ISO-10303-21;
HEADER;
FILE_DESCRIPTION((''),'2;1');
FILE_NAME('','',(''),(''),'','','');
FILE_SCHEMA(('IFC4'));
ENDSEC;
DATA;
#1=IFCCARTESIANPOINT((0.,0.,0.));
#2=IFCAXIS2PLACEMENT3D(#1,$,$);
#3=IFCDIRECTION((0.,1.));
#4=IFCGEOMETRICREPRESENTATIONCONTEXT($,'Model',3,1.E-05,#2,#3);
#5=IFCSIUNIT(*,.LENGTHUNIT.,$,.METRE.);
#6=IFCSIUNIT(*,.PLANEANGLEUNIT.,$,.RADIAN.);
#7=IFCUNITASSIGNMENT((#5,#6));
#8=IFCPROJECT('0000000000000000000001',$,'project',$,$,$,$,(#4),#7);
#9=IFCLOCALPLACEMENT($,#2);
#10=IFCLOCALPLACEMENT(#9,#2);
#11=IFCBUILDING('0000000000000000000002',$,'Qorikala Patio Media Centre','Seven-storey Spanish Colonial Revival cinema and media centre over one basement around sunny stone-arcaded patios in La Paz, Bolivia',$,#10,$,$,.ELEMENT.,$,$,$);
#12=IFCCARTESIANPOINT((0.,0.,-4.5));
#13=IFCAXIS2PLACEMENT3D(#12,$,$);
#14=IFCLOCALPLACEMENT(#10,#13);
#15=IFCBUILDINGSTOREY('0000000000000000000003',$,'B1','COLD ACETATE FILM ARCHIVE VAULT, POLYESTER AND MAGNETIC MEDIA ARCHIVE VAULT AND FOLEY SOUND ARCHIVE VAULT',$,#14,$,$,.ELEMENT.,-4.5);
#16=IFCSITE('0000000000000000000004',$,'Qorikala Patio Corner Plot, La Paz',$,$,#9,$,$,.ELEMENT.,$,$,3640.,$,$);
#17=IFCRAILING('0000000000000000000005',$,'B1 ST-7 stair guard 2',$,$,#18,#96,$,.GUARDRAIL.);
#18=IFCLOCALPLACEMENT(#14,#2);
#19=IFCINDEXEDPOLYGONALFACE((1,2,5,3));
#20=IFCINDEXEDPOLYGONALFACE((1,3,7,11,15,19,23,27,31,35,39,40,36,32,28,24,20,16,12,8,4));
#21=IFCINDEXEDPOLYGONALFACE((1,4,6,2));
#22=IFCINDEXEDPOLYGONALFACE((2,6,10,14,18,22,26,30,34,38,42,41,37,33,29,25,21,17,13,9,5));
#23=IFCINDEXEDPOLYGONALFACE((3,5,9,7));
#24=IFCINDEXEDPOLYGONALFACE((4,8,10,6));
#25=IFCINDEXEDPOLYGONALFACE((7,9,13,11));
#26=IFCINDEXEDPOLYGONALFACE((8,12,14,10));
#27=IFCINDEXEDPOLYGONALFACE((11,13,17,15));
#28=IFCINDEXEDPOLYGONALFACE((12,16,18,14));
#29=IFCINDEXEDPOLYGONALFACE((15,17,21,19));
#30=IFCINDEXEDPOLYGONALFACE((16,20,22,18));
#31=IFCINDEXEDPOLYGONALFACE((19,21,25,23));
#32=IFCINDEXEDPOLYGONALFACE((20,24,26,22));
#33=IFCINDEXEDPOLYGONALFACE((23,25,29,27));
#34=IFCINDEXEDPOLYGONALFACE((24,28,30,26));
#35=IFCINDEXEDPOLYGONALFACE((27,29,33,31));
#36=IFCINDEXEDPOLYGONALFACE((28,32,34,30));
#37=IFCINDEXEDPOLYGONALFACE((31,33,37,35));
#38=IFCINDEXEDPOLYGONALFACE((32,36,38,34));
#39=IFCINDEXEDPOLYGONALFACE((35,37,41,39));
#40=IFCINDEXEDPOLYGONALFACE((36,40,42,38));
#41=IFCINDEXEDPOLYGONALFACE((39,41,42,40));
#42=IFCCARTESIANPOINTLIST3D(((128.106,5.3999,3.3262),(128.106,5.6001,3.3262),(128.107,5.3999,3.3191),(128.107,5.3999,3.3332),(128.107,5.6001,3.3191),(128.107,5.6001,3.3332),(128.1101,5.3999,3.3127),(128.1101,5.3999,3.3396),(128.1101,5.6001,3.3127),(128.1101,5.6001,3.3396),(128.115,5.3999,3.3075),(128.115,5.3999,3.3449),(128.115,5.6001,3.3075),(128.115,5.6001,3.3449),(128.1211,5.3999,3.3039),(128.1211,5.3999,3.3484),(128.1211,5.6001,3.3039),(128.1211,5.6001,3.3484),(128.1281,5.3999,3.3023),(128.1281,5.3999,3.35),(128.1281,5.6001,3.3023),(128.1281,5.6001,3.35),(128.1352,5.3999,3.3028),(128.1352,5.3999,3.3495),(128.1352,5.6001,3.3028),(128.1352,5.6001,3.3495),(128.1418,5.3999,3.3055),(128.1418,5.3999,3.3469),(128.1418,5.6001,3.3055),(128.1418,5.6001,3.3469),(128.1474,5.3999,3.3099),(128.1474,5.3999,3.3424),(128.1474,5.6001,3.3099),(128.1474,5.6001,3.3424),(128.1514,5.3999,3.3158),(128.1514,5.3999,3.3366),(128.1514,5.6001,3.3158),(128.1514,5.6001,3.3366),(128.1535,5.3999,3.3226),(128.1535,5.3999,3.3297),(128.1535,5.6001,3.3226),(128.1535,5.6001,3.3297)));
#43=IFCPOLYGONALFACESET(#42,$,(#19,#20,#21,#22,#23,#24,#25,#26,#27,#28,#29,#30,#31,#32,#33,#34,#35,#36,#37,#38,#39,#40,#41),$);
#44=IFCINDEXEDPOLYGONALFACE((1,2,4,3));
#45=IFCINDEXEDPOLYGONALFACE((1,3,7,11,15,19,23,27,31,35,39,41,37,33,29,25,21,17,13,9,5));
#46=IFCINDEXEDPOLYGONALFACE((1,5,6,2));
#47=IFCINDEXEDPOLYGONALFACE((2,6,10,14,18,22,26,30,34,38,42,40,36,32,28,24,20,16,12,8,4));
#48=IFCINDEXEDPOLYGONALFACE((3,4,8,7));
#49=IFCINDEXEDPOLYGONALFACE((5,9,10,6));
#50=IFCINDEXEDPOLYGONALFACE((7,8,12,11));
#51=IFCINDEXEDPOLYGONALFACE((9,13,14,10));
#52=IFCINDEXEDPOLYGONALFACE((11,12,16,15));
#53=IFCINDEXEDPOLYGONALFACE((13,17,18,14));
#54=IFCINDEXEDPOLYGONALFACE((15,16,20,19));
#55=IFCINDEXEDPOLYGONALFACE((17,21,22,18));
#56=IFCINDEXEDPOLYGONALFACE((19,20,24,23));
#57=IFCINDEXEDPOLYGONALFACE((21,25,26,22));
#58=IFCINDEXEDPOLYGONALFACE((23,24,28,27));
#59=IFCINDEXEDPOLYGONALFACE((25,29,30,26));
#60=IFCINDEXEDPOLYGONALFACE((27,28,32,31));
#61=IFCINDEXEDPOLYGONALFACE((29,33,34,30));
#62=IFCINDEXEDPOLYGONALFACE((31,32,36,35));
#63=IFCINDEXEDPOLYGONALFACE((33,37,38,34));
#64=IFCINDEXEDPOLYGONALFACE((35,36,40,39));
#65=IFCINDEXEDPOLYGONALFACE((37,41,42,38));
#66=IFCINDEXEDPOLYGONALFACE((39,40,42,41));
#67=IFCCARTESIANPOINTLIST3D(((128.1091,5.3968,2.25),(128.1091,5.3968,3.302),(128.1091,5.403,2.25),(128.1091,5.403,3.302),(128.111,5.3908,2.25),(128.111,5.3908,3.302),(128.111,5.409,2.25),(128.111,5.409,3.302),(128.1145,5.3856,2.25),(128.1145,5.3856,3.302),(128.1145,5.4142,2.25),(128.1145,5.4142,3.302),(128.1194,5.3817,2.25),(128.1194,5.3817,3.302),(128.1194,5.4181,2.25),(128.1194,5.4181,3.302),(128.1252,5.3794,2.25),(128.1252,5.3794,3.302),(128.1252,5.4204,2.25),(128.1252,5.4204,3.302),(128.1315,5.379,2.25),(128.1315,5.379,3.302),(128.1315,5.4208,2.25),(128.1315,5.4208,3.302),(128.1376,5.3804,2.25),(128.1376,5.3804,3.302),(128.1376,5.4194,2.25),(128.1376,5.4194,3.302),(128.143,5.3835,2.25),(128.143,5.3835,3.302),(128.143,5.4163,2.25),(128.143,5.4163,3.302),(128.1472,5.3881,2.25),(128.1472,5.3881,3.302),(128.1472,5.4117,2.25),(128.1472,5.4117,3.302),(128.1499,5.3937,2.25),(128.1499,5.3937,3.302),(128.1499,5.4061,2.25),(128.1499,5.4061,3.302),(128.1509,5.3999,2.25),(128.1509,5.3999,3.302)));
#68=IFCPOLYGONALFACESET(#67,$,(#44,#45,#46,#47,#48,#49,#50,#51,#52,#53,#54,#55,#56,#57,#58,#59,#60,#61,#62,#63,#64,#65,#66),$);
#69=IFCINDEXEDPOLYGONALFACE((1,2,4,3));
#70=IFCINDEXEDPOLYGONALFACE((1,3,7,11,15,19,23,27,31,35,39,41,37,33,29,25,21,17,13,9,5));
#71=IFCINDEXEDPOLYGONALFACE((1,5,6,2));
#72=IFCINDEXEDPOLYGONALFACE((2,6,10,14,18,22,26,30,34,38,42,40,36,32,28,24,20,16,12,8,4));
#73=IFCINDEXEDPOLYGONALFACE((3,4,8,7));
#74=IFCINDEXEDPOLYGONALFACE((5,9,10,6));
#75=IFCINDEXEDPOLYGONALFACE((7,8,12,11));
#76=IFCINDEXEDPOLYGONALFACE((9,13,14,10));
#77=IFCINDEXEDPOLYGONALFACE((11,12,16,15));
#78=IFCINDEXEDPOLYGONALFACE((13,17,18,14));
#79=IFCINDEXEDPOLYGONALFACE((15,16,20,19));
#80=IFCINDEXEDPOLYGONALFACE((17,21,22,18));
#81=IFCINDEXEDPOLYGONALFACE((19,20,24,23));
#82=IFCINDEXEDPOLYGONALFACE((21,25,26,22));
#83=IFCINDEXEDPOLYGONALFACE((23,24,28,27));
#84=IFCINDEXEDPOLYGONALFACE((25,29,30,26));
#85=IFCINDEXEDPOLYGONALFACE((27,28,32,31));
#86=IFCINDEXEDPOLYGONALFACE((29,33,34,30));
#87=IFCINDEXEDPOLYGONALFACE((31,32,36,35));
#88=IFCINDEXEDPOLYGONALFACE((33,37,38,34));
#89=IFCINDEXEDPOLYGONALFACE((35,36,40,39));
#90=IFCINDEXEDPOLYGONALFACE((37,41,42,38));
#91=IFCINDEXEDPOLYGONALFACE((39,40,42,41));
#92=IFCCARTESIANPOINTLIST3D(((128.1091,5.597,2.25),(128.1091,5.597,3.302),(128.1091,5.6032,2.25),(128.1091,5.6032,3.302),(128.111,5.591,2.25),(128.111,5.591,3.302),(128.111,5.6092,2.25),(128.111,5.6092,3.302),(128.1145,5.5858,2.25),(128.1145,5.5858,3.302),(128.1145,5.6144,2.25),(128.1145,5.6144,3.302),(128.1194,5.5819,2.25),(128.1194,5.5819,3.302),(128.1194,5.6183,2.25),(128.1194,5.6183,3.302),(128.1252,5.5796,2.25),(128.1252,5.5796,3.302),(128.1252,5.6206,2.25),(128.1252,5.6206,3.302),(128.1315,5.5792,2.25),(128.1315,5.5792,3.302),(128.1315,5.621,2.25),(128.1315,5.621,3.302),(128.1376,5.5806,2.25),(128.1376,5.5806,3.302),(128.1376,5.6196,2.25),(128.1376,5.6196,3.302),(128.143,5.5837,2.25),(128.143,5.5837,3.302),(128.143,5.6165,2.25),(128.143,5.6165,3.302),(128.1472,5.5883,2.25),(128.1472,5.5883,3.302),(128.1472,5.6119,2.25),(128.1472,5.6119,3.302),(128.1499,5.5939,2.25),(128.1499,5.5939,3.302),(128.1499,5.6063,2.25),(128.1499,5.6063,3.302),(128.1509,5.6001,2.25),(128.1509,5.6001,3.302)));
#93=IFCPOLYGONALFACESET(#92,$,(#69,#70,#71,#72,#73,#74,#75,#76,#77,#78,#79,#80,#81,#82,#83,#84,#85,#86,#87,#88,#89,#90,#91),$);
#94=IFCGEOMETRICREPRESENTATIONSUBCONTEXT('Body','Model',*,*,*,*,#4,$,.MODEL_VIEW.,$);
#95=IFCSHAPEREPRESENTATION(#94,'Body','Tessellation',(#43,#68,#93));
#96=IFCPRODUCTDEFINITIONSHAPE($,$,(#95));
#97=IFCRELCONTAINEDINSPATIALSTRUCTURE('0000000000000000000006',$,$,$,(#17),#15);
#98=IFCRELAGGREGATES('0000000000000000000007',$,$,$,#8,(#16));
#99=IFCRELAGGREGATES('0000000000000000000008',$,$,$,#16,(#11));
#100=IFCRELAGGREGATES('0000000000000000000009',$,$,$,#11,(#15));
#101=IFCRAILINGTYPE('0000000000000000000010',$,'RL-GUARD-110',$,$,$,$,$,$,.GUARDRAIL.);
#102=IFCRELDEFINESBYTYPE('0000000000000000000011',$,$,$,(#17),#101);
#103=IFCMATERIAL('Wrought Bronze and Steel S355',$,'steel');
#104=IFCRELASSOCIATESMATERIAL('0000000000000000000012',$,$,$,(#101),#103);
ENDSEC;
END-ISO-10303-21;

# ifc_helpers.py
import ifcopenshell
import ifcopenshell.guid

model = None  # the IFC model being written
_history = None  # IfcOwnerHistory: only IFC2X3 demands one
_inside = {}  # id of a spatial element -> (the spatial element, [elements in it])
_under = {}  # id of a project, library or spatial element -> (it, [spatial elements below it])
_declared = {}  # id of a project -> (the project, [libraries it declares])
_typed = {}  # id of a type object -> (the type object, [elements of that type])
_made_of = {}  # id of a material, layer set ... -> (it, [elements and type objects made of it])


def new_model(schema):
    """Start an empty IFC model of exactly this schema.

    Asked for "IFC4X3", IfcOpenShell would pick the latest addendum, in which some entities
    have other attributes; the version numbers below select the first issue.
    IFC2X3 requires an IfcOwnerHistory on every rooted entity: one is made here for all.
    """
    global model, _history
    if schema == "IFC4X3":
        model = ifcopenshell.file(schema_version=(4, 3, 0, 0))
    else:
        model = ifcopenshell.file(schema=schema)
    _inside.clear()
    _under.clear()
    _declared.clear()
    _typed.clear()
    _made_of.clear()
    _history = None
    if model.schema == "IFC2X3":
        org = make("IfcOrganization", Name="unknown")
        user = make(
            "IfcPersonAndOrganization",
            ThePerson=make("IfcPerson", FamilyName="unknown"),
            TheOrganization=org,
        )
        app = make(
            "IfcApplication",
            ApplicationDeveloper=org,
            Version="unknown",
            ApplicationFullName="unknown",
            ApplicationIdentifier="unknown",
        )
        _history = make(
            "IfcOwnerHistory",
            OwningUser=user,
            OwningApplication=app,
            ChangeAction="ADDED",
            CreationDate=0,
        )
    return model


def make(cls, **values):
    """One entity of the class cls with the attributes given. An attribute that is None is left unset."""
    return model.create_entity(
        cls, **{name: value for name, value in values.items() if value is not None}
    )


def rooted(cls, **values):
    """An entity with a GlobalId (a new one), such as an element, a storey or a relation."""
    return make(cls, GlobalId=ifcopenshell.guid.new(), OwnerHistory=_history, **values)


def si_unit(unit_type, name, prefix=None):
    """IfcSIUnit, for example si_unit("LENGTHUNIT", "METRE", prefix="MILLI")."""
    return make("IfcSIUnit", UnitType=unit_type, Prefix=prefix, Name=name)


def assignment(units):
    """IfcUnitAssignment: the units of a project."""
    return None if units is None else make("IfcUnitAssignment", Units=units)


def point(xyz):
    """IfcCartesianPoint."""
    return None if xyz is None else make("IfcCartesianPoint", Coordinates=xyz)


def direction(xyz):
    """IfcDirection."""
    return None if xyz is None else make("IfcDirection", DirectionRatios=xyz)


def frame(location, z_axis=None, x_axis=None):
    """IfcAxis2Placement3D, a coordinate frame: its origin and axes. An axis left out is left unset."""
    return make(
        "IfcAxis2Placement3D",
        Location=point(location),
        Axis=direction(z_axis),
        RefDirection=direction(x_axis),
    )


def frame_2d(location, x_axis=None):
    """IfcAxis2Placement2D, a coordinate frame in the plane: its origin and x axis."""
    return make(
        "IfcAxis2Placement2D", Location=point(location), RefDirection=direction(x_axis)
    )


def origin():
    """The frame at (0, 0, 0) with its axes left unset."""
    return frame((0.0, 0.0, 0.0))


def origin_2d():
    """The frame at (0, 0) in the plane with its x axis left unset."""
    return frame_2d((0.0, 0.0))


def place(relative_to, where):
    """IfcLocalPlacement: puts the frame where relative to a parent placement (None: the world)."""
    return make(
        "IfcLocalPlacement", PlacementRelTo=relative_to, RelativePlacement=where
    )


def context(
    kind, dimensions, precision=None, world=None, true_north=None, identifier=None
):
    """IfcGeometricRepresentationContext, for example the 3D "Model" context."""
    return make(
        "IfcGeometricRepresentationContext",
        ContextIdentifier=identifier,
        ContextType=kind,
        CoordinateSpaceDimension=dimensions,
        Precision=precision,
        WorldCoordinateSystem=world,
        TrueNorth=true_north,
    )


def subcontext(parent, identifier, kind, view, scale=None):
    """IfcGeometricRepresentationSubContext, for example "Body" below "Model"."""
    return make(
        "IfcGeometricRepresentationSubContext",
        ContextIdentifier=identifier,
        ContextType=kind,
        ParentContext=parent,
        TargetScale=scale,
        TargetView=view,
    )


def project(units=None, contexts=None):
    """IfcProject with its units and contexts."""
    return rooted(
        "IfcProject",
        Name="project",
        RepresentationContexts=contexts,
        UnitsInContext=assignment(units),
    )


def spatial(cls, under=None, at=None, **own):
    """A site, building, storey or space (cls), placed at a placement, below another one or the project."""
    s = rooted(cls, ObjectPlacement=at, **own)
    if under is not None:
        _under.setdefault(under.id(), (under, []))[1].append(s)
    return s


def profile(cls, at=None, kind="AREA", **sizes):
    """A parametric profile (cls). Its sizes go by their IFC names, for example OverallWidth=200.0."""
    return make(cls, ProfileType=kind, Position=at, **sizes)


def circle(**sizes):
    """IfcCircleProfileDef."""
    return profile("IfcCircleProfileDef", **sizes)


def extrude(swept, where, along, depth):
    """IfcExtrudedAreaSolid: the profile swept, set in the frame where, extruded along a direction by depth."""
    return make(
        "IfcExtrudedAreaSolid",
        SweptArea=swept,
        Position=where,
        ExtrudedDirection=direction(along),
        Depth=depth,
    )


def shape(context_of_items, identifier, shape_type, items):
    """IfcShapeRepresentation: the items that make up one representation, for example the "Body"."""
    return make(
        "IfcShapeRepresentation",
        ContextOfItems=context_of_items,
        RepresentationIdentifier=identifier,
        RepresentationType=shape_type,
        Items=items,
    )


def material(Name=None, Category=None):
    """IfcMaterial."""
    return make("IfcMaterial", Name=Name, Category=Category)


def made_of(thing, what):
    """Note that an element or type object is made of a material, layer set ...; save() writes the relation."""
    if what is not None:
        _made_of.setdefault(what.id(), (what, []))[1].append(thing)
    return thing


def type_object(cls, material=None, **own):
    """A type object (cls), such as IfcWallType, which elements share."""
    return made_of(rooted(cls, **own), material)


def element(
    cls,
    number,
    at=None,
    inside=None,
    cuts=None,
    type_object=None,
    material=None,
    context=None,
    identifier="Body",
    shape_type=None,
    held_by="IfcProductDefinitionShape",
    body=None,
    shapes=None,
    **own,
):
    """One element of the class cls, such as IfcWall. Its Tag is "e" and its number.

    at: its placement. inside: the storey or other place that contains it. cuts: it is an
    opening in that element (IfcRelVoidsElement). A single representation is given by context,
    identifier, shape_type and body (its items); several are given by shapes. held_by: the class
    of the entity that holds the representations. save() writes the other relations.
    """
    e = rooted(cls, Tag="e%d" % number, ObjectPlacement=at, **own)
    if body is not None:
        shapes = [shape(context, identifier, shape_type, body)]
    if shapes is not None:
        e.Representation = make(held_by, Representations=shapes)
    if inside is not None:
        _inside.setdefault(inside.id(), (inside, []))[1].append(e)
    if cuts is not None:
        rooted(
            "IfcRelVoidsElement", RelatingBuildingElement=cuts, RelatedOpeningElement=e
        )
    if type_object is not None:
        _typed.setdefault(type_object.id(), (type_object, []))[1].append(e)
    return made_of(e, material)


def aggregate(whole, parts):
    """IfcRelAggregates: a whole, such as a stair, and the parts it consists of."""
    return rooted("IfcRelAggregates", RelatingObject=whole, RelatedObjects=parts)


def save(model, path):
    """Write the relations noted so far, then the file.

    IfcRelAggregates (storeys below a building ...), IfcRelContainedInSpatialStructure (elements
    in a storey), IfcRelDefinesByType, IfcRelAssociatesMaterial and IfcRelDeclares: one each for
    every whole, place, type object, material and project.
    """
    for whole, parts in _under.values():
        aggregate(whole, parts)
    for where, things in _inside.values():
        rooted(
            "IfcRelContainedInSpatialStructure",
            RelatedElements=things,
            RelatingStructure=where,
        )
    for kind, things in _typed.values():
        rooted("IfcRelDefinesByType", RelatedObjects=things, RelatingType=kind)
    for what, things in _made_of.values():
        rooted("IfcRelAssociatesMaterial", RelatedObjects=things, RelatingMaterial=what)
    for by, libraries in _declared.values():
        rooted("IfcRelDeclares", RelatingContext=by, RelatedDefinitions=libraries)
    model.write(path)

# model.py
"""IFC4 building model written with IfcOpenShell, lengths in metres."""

from ifc_helpers import new_model, si_unit, direction, frame, origin, origin_2d, place, context, subcontext, project, spatial, circle, extrude, material, type_object, element, save


model = new_model("IFC4")

# Units and contexts
model_context = context("Model", 3, precision=1e-05, world=origin(), true_north=direction((0.0, 1.0)))
body_context = subcontext(model_context, "Body", "Model", "MODEL_VIEW")
ifc_project = project(units=[si_unit("LENGTHUNIT", "METRE"), si_unit("PLANEANGLEUNIT", "RADIAN")], contexts=[model_context])

# Site, building, storey
site_placement = place(None, origin())
site = spatial("IfcSite", under=ifc_project, at=site_placement, Name="Qorikala Patio Corner Plot, La Paz", CompositionType="ELEMENT", RefElevation=3640.0)
building_placement = place(site_placement, origin())
building = spatial("IfcBuilding", under=site, at=building_placement, Name="Qorikala Patio Media Centre", Description="Seven-storey Spanish Colonial Revival cinema and media centre over one basement around sunny stone-arcaded patios in La Paz, Bolivia", CompositionType="ELEMENT")
storey_placement = place(building_placement, frame((0.0, 0.0, -4.5)))
storey = spatial("IfcBuildingStorey", under=building, at=storey_placement, Name="B1", Description="COLD ACETATE FILM ARCHIVE VAULT, POLYESTER AND MAGNETIC MEDIA ARCHIVE VAULT AND FOLEY SOUND ARCHIVE VAULT", CompositionType="ELEMENT", Elevation=-4.5)

# Railing
ifc_material_1 = material(Name="Wrought Bronze and Steel S355", Category="steel")
railing_type_1 = type_object("IfcRailingType", Name="RL-GUARD-110", PredefinedType="GUARDRAIL", material=ifc_material_1)
railing_1_placement = place(storey_placement, frame((128.1299, 5.3999, 2.25)))
element("IfcRailing", 1, at=railing_1_placement, inside=storey, type_object=railing_type_1, Name="B1 ST-7 stair guard 2", PredefinedType="GUARDRAIL", context=body_context, shape_type="SweptSolid", body=[
    extrude(circle(Radius=0.0239, at=origin_2d()), frame((0.0, 0.0, 1.0762), z_axis=(0.0, 1.0, 0.0), x_axis=(-1.0, 0.0, 0.0)), (0.0, 0.0, 1.0), 0.2002),
    extrude(circle(Radius=0.021, at=origin_2d()), origin(), (0.0, 0.0, 1.0), 1.052),
    extrude(circle(Radius=0.021, at=origin_2d()), frame((0.0, 0.2002, 0.0)), (0.0, 0.0, 1.0), 1.052),
])

save(model, "model.ifc")
